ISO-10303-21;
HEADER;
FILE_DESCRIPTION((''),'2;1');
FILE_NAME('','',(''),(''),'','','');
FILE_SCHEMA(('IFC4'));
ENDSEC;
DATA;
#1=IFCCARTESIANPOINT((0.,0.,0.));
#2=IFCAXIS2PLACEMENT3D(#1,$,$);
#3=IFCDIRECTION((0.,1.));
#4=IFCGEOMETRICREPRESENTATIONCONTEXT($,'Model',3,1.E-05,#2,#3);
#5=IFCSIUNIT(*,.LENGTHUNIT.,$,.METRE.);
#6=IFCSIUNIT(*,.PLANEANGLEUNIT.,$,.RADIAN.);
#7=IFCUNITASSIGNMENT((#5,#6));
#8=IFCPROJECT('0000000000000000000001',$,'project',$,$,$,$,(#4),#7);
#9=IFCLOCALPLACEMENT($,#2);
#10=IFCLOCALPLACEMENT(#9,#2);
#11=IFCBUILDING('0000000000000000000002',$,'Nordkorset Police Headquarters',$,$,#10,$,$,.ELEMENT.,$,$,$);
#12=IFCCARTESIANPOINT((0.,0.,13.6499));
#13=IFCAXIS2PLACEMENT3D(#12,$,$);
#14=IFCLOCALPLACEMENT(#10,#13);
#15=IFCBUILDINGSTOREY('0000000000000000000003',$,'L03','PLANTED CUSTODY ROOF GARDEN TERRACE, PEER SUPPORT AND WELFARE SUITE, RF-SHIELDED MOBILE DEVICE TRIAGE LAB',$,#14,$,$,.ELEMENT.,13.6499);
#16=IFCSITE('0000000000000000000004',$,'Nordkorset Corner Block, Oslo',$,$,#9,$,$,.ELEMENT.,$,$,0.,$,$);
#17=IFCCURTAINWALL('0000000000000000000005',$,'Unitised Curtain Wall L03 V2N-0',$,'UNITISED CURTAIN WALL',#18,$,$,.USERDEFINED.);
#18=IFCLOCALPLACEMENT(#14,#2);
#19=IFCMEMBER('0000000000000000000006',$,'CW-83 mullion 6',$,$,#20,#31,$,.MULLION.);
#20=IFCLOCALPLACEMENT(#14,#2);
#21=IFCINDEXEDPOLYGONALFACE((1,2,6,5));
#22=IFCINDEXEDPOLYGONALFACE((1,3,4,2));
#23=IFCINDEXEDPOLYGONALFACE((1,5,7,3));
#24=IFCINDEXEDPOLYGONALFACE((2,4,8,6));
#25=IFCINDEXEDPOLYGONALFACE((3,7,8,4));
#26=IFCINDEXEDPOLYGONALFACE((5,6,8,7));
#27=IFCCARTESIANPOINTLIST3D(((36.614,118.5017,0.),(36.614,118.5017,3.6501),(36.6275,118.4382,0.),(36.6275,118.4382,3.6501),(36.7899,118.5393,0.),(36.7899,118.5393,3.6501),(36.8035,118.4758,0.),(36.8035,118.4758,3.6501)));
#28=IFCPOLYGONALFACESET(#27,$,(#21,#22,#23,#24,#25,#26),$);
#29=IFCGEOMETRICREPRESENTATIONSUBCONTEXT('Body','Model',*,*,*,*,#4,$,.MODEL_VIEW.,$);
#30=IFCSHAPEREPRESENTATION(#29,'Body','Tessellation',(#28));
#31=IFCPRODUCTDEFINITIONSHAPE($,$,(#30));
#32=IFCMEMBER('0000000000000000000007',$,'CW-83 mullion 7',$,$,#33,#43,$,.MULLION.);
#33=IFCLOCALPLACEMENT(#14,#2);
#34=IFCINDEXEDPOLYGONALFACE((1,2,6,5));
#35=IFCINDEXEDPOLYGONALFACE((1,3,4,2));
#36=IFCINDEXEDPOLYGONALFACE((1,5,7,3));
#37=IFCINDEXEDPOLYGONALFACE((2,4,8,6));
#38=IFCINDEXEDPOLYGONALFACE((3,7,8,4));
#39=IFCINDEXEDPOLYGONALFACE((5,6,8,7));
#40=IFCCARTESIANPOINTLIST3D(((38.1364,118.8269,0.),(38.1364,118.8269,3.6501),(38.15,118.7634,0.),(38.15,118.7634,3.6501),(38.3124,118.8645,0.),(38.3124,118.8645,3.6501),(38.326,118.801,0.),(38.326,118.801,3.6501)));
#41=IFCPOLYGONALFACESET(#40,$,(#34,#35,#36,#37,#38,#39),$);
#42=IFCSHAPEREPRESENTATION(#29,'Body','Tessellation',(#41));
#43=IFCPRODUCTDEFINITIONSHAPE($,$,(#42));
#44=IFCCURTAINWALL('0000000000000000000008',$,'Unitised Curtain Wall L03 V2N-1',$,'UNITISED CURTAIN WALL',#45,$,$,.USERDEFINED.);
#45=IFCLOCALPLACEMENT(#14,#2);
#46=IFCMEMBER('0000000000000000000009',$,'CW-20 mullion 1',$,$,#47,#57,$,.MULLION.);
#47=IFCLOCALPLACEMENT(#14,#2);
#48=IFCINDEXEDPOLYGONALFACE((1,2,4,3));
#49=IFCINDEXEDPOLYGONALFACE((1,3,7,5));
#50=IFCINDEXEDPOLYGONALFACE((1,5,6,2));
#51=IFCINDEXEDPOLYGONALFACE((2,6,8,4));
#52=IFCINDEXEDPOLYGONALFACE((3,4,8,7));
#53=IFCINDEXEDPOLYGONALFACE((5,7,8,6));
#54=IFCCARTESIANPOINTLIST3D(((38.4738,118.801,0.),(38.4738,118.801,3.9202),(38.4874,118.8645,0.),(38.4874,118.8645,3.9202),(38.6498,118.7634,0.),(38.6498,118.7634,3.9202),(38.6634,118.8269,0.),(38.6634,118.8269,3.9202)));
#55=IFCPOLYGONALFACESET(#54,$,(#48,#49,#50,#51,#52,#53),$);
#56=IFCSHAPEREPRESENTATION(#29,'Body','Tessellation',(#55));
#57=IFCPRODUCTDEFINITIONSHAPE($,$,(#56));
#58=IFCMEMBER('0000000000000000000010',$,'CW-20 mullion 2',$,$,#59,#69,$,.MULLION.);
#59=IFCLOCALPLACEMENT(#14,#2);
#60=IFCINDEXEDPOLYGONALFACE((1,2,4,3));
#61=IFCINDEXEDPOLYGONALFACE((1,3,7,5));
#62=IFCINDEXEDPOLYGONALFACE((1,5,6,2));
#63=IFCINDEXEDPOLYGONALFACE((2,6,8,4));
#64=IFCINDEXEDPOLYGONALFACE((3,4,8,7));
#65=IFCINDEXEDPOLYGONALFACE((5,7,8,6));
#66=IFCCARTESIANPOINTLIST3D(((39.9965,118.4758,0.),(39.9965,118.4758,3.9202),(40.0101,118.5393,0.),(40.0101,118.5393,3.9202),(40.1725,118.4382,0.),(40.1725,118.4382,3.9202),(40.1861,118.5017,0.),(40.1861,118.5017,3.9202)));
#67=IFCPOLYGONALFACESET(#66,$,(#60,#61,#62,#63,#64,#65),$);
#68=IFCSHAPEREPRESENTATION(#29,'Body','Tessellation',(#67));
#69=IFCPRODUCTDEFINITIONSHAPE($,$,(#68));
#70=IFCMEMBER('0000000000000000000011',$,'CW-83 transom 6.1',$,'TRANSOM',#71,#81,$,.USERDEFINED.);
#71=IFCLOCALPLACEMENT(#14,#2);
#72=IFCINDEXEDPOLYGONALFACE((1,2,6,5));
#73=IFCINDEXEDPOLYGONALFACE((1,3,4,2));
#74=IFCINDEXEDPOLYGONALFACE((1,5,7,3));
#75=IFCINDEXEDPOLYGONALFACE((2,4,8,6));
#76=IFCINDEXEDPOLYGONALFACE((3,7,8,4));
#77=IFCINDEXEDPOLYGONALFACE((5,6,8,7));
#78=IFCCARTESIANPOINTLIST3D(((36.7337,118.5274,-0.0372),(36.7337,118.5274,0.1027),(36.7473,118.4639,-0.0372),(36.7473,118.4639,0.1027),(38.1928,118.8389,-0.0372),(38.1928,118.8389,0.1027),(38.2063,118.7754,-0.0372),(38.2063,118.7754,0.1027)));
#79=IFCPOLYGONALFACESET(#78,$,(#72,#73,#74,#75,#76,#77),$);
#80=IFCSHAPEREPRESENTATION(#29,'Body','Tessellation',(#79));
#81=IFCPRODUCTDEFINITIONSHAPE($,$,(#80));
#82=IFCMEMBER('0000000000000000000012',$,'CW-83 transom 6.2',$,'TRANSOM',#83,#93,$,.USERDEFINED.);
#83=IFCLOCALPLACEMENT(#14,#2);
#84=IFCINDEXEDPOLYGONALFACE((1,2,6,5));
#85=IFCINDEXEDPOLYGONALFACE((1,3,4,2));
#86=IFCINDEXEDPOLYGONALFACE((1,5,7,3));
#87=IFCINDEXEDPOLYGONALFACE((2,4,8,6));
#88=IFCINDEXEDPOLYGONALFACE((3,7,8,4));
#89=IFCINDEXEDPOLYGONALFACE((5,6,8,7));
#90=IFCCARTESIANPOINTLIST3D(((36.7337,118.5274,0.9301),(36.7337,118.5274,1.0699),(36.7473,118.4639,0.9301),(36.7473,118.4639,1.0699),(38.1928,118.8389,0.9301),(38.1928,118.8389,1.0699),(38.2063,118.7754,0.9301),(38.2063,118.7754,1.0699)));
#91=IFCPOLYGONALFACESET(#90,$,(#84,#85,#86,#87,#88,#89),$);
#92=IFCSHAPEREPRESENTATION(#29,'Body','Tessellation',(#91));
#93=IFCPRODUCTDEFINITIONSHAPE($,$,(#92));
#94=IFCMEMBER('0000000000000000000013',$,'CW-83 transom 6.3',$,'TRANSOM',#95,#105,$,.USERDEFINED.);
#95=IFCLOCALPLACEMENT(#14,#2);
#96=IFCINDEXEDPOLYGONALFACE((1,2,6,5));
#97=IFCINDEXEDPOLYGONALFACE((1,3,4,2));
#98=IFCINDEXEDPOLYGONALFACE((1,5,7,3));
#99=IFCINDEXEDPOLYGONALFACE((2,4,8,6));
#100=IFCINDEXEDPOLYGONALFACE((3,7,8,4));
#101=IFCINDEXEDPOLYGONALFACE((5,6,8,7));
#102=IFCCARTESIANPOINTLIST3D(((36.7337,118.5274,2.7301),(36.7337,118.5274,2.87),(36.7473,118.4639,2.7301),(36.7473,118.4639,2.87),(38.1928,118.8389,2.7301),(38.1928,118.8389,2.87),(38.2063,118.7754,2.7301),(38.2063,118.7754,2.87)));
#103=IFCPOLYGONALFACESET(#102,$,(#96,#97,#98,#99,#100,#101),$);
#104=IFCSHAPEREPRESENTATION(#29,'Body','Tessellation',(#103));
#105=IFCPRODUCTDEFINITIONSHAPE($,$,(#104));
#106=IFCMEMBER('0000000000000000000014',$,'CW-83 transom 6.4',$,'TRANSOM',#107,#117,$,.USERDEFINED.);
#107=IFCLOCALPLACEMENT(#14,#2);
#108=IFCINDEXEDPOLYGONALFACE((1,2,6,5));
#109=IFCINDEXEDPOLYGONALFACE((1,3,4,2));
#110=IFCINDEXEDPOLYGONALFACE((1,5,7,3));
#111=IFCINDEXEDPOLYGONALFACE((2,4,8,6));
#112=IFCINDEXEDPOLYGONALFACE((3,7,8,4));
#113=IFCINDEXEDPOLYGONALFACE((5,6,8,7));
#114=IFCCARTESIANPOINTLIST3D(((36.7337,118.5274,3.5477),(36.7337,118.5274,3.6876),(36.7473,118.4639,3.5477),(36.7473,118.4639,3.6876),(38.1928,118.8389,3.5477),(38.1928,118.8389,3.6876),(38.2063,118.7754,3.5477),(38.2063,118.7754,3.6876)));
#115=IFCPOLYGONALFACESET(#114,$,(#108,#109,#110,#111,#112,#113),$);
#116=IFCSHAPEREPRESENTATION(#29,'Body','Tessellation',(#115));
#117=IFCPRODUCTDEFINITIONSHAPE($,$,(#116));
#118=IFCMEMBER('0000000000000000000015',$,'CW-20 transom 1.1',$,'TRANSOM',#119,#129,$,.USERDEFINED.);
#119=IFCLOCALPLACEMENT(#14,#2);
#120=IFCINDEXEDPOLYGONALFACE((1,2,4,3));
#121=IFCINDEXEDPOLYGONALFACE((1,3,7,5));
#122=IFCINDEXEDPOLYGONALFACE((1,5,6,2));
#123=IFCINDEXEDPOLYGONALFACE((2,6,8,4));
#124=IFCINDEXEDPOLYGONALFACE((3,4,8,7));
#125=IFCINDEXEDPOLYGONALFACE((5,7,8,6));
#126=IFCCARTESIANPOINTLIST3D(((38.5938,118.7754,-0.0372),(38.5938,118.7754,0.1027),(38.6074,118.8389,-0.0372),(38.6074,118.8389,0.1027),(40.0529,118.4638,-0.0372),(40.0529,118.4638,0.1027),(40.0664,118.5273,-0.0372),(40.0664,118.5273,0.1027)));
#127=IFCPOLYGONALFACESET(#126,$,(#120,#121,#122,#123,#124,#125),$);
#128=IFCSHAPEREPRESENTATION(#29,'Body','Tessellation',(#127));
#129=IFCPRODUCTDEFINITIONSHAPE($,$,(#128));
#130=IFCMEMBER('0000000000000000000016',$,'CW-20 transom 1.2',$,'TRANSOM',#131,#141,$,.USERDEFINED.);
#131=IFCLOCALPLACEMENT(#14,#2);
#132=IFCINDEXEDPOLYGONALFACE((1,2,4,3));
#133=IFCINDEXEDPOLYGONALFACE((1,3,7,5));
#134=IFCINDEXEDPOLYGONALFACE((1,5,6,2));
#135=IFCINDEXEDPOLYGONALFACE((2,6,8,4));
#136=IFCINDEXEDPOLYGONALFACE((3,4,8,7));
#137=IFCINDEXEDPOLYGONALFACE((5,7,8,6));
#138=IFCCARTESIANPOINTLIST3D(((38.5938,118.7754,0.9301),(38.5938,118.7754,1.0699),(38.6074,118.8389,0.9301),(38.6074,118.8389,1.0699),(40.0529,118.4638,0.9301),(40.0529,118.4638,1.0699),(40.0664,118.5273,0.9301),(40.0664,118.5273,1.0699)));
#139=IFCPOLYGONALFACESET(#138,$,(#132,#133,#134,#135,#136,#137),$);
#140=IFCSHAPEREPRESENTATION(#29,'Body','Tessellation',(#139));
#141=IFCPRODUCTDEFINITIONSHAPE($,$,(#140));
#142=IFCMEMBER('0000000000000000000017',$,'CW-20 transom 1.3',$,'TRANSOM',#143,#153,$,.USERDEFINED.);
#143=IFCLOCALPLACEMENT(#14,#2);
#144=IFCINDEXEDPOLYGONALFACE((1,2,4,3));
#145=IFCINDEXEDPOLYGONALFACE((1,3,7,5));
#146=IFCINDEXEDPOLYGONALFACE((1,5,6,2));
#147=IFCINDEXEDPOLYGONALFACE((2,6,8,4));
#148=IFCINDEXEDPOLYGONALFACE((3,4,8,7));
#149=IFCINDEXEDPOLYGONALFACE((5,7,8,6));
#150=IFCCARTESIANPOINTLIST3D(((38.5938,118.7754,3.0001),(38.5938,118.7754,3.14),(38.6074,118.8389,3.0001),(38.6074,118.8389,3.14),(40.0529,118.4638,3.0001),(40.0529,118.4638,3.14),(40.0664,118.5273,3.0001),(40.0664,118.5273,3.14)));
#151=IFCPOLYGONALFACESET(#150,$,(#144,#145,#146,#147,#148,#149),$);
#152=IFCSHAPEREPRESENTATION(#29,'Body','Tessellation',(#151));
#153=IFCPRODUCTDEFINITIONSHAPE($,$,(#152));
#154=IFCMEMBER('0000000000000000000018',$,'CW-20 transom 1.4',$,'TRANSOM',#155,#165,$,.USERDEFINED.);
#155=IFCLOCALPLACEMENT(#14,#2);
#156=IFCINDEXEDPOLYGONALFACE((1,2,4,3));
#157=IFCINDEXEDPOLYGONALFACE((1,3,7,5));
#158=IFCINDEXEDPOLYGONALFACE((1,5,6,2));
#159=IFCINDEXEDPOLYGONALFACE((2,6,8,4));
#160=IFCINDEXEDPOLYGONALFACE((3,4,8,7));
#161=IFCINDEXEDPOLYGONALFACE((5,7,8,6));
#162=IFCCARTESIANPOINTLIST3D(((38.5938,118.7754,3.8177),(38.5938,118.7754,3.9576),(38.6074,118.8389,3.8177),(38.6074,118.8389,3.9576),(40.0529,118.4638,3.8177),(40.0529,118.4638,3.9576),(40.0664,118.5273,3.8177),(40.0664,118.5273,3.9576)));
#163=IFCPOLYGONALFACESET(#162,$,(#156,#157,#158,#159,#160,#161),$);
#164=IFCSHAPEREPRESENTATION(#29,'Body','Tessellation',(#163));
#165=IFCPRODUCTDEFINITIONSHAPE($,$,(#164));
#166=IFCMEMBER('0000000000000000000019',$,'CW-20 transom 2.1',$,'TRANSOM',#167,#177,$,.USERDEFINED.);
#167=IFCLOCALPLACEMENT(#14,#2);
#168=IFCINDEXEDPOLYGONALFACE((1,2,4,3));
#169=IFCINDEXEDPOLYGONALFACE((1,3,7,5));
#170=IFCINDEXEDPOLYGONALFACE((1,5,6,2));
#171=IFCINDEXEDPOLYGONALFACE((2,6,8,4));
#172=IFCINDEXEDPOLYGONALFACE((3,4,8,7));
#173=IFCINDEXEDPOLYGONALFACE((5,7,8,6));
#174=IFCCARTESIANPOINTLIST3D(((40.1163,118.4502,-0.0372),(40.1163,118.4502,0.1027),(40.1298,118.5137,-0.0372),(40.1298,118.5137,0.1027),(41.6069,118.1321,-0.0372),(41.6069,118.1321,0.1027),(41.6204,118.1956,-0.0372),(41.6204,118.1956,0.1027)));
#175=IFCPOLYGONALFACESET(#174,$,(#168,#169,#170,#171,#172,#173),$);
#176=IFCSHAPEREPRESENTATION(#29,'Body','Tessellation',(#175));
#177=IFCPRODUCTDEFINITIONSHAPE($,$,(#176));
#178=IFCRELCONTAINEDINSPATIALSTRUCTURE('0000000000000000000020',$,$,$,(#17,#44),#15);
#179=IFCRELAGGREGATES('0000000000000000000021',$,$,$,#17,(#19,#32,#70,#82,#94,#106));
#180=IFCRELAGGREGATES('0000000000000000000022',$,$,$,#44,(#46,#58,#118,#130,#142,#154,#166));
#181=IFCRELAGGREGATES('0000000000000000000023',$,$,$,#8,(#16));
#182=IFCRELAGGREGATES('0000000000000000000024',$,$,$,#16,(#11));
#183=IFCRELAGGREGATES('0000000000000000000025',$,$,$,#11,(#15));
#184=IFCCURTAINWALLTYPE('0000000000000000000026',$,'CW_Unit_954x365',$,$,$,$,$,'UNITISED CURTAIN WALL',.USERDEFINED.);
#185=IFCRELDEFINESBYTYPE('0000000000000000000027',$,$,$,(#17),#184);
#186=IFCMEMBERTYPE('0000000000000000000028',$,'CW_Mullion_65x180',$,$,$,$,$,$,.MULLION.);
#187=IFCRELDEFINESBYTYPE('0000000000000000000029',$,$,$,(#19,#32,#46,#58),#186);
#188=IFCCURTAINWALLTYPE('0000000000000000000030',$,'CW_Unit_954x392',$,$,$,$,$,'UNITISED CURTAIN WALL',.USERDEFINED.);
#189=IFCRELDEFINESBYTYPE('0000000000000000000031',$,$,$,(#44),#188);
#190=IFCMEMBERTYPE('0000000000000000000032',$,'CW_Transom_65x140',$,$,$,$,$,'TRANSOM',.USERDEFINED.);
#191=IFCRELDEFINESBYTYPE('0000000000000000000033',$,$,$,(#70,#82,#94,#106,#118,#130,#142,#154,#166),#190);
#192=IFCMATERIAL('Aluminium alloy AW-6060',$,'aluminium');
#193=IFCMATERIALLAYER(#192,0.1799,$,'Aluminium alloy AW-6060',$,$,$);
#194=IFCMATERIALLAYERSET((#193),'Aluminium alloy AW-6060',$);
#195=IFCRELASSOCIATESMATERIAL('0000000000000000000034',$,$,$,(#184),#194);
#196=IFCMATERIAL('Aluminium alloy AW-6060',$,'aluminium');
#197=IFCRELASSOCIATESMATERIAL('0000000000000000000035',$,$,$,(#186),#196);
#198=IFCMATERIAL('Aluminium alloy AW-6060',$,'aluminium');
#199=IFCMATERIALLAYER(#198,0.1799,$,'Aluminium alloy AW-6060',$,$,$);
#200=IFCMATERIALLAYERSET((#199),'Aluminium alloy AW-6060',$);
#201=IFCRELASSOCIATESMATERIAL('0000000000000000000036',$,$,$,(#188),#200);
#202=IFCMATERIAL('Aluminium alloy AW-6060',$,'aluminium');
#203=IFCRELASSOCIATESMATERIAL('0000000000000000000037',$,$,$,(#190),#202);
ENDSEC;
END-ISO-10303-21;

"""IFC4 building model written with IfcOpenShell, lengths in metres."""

from ifc_helpers import new_model, si_unit, direction, frame, origin, origin_2d, place, context, subcontext, project, spatial, rectangle, extrude, material, layer, layer_set, material_profile, profile_set, type_object, element, aggregate, save


model = new_model("IFC4")

# Units and contexts
model_context = context("Model", 3, precision=1e-05, world=origin(), true_north=direction((0.0, 1.0)))
body_context = subcontext(model_context, "Body", "Model", "MODEL_VIEW")
ifc_project = project(units=[si_unit("LENGTHUNIT", "METRE"), si_unit("PLANEANGLEUNIT", "RADIAN")], contexts=[model_context])

# Site, building, storey
site_placement = place(None, origin())
site = spatial("IfcSite", under=ifc_project, at=site_placement, Name="Nordkorset Corner Block, Oslo", CompositionType="ELEMENT", RefElevation=0.0)
building_placement = place(site_placement, origin())
building = spatial("IfcBuilding", under=site, at=building_placement, Name="Nordkorset Police Headquarters", CompositionType="ELEMENT")
storey_placement = place(building_placement, frame((0.0, 0.0, 13.6499)))
storey = spatial("IfcBuildingStorey", under=building, at=storey_placement, Name="L03", Description="PLANTED CUSTODY ROOF GARDEN TERRACE, PEER SUPPORT AND WELFARE SUITE, RF-SHIELDED MOBILE DEVICE TRIAGE LAB", CompositionType="ELEMENT", Elevation=13.6499)

# Curtain walls, members
ifc_material_1 = material(Name="Aluminium alloy AW-6060", Category="aluminium")
ifc_layer_1 = layer(ifc_material_1, 0.1799, Name="Aluminium alloy AW-6060")
ifc_layer_set_1 = layer_set([ifc_layer_1], Name="Aluminium alloy AW-6060")
curtain_wall_type_1 = type_object("IfcCurtainWallType", Name="CW_Unit_954x365", ElementType="UNITISED CURTAIN WALL", PredefinedType="USERDEFINED", material=ifc_layer_set_1)
curtain_wall_1_placement = place(storey_placement, origin())
curtain_wall_1 = element("IfcCurtainWall", 1, at=curtain_wall_1_placement, inside=storey, type_object=curtain_wall_type_1, Name="Unitised Curtain Wall L03 V2N-0", ObjectType="UNITISED CURTAIN WALL", PredefinedType="USERDEFINED")
ifc_material_2 = material(Name="Aluminium alloy AW-6060", Category="aluminium")
ifc_material_profile_1 = material_profile(ifc_material_2, rectangle(XDim=0.0649, YDim=0.1799, at=origin_2d()), Name="ALU MULL 65x180")
ifc_profile_set_1 = profile_set([ifc_material_profile_1], Name="Aluminium alloy AW-6060")
member_type_1 = type_object("IfcMemberType", Name="CW_Mullion_65x180", PredefinedType="MULLION", material=ifc_profile_set_1)
member_1_placement = place(storey_placement, frame((36.7087, 118.4888, 0.0), z_axis=(0.0, 0.0, 1.0), x_axis=(-0.208833, 0.977951, 0.0)))
member_1 = element("IfcMember", 2, at=member_1_placement, type_object=member_type_1, Name="CW-83 mullion 6", PredefinedType="MULLION", context=body_context, shape_type="SweptSolid", body=[
    extrude(rectangle(XDim=0.0649, YDim=0.1799, at=origin_2d()), origin(), (0.0, 0.0, 1.0), 3.6501),
])
member_2_placement = place(storey_placement, frame((38.2312, 118.814, 0.0), z_axis=(0.0, 0.0, 1.0), x_axis=(-0.208833, 0.977951, 0.0)))
member_2 = element("IfcMember", 3, at=member_2_placement, type_object=member_type_1, Name="CW-83 mullion 7", PredefinedType="MULLION", context=body_context, shape_type="SweptSolid", body=[
    extrude(rectangle(XDim=0.0649, YDim=0.1799, at=origin_2d()), origin(), (0.0, 0.0, 1.0), 3.6501),
])
ifc_material_3 = material(Name="Aluminium alloy AW-6060", Category="aluminium")
ifc_layer_2 = layer(ifc_material_3, 0.1799, Name="Aluminium alloy AW-6060")
ifc_layer_set_2 = layer_set([ifc_layer_2], Name="Aluminium alloy AW-6060")
curtain_wall_type_2 = type_object("IfcCurtainWallType", Name="CW_Unit_954x392", ElementType="UNITISED CURTAIN WALL", PredefinedType="USERDEFINED", material=ifc_layer_set_2)
curtain_wall_2_placement = place(storey_placement, origin())
curtain_wall_2 = element("IfcCurtainWall", 4, at=curtain_wall_2_placement, inside=storey, type_object=curtain_wall_type_2, Name="Unitised Curtain Wall L03 V2N-1", ObjectType="UNITISED CURTAIN WALL", PredefinedType="USERDEFINED")
member_3_placement = place(storey_placement, frame((38.5686, 118.814, 0.0), z_axis=(0.0, 0.0, 1.0), x_axis=(0.208833, 0.977951, 0.0)))
member_3 = element("IfcMember", 5, at=member_3_placement, type_object=member_type_1, Name="CW-20 mullion 1", PredefinedType="MULLION", context=body_context, shape_type="SweptSolid", body=[
    extrude(rectangle(XDim=0.0649, YDim=0.1799, at=origin_2d()), origin(), (0.0, 0.0, 1.0), 3.9202),
])
member_4_placement = place(storey_placement, frame((40.0913, 118.4888, 0.0), z_axis=(0.0, 0.0, 1.0), x_axis=(0.208833, 0.977951, 0.0)))
member_4 = element("IfcMember", 6, at=member_4_placement, type_object=member_type_1, Name="CW-20 mullion 2", PredefinedType="MULLION", context=body_context, shape_type="SweptSolid", body=[
    extrude(rectangle(XDim=0.0649, YDim=0.1799, at=origin_2d()), origin(), (0.0, 0.0, 1.0), 3.9202),
])

# Members
ifc_material_4 = material(Name="Aluminium alloy AW-6060", Category="aluminium")
ifc_material_profile_2 = material_profile(ifc_material_4, rectangle(XDim=0.0649, YDim=0.1399, at=origin_2d()), Name="ALU TRAN 65x140")
ifc_profile_set_2 = profile_set([ifc_material_profile_2], Name="Aluminium alloy AW-6060")
member_type_2 = type_object("IfcMemberType", Name="CW_Transom_65x140", ElementType="TRANSOM", PredefinedType="USERDEFINED", material=ifc_profile_set_2)
member_5_placement = place(storey_placement, frame((36.7405, 118.4956, 0.0327), z_axis=(0.977955, 0.208814, 0.0), x_axis=(-0.208814, 0.977955, 0.0)))
member_5 = element("IfcMember", 7, at=member_5_placement, type_object=member_type_2, Name="CW-83 transom 6.1", ObjectType="TRANSOM", PredefinedType="USERDEFINED", context=body_context, shape_type="SweptSolid", body=[
    extrude(rectangle(XDim=0.0649, YDim=0.1399, at=origin_2d()), origin(), (0.0, 0.0, 1.0), 1.4919),
])
member_6_placement = place(storey_placement, frame((36.7405, 118.4956, 1.0), z_axis=(0.977955, 0.208814, 0.0), x_axis=(-0.208814, 0.977955, 0.0)))
member_6 = element("IfcMember", 8, at=member_6_placement, type_object=member_type_2, Name="CW-83 transom 6.2", ObjectType="TRANSOM", PredefinedType="USERDEFINED", context=body_context, shape_type="SweptSolid", body=[
    extrude(rectangle(XDim=0.0649, YDim=0.1399, at=origin_2d()), origin(), (0.0, 0.0, 1.0), 1.4919),
])
member_7_placement = place(storey_placement, frame((36.7405, 118.4956, 2.8), z_axis=(0.977955, 0.208814, 0.0), x_axis=(-0.208814, 0.977955, 0.0)))
member_7 = element("IfcMember", 9, at=member_7_placement, type_object=member_type_2, Name="CW-83 transom 6.3", ObjectType="TRANSOM", PredefinedType="USERDEFINED", context=body_context, shape_type="SweptSolid", body=[
    extrude(rectangle(XDim=0.0649, YDim=0.1399, at=origin_2d()), origin(), (0.0, 0.0, 1.0), 1.4919),
])
member_8_placement = place(storey_placement, frame((36.7405, 118.4956, 3.6177), z_axis=(0.977955, 0.208814, 0.0), x_axis=(-0.208814, 0.977955, 0.0)))
member_8 = element("IfcMember", 10, at=member_8_placement, type_object=member_type_2, Name="CW-83 transom 6.4", ObjectType="TRANSOM", PredefinedType="USERDEFINED", context=body_context, shape_type="SweptSolid", body=[
    extrude(rectangle(XDim=0.0649, YDim=0.1399, at=origin_2d()), origin(), (0.0, 0.0, 1.0), 1.4919),
])
member_9_placement = place(storey_placement, frame((38.6006, 118.8071, 0.0327), z_axis=(0.977955, -0.208814, 0.0), x_axis=(0.208814, 0.977955, 0.0)))
member_9 = element("IfcMember", 11, at=member_9_placement, type_object=member_type_2, Name="CW-20 transom 1.1", ObjectType="TRANSOM", PredefinedType="USERDEFINED", context=body_context, shape_type="SweptSolid", body=[
    extrude(rectangle(XDim=0.0649, YDim=0.1399, at=origin_2d()), origin(), (0.0, 0.0, 1.0), 1.4919),
])
member_10_placement = place(storey_placement, frame((38.6006, 118.8071, 1.0), z_axis=(0.977955, -0.208814, 0.0), x_axis=(0.208814, 0.977955, 0.0)))
member_10 = element("IfcMember", 12, at=member_10_placement, type_object=member_type_2, Name="CW-20 transom 1.2", ObjectType="TRANSOM", PredefinedType="USERDEFINED", context=body_context, shape_type="SweptSolid", body=[
    extrude(rectangle(XDim=0.0649, YDim=0.1399, at=origin_2d()), origin(), (0.0, 0.0, 1.0), 1.4919),
])
member_11_placement = place(storey_placement, frame((38.6006, 118.8071, 3.0701), z_axis=(0.977955, -0.208814, 0.0), x_axis=(0.208814, 0.977955, 0.0)))
member_11 = element("IfcMember", 13, at=member_11_placement, type_object=member_type_2, Name="CW-20 transom 1.3", ObjectType="TRANSOM", PredefinedType="USERDEFINED", context=body_context, shape_type="SweptSolid", body=[
    extrude(rectangle(XDim=0.0649, YDim=0.1399, at=origin_2d()), origin(), (0.0, 0.0, 1.0), 1.4919),
])
member_12_placement = place(storey_placement, frame((38.6006, 118.8071, 3.8877), z_axis=(0.977955, -0.208814, 0.0), x_axis=(0.208814, 0.977955, 0.0)))
member_12 = element("IfcMember", 14, at=member_12_placement, type_object=member_type_2, Name="CW-20 transom 1.4", ObjectType="TRANSOM", PredefinedType="USERDEFINED", context=body_context, shape_type="SweptSolid", body=[
    extrude(rectangle(XDim=0.0649, YDim=0.1399, at=origin_2d()), origin(), (0.0, 0.0, 1.0), 1.4919),
])
member_13_placement = place(storey_placement, frame((40.123, 118.4819, 0.0327), z_axis=(0.97798, -0.208698, 0.0), x_axis=(0.208698, 0.97798, 0.0)))
member_13 = element("IfcMember", 15, at=member_13_placement, type_object=member_type_2, Name="CW-20 transom 2.1", ObjectType="TRANSOM", PredefinedType="USERDEFINED", context=body_context, shape_type="SweptSolid", body=[
    extrude(rectangle(XDim=0.0649, YDim=0.1399, at=origin_2d()), origin(), (0.0, 0.0, 1.0), 1.5242),
])

aggregate(curtain_wall_1, [member_1, member_2, member_5, member_6, member_7, member_8])
aggregate(curtain_wall_2, [member_3, member_4, member_9, member_10, member_11, member_12, member_13])

save(model, "model.ifc")
